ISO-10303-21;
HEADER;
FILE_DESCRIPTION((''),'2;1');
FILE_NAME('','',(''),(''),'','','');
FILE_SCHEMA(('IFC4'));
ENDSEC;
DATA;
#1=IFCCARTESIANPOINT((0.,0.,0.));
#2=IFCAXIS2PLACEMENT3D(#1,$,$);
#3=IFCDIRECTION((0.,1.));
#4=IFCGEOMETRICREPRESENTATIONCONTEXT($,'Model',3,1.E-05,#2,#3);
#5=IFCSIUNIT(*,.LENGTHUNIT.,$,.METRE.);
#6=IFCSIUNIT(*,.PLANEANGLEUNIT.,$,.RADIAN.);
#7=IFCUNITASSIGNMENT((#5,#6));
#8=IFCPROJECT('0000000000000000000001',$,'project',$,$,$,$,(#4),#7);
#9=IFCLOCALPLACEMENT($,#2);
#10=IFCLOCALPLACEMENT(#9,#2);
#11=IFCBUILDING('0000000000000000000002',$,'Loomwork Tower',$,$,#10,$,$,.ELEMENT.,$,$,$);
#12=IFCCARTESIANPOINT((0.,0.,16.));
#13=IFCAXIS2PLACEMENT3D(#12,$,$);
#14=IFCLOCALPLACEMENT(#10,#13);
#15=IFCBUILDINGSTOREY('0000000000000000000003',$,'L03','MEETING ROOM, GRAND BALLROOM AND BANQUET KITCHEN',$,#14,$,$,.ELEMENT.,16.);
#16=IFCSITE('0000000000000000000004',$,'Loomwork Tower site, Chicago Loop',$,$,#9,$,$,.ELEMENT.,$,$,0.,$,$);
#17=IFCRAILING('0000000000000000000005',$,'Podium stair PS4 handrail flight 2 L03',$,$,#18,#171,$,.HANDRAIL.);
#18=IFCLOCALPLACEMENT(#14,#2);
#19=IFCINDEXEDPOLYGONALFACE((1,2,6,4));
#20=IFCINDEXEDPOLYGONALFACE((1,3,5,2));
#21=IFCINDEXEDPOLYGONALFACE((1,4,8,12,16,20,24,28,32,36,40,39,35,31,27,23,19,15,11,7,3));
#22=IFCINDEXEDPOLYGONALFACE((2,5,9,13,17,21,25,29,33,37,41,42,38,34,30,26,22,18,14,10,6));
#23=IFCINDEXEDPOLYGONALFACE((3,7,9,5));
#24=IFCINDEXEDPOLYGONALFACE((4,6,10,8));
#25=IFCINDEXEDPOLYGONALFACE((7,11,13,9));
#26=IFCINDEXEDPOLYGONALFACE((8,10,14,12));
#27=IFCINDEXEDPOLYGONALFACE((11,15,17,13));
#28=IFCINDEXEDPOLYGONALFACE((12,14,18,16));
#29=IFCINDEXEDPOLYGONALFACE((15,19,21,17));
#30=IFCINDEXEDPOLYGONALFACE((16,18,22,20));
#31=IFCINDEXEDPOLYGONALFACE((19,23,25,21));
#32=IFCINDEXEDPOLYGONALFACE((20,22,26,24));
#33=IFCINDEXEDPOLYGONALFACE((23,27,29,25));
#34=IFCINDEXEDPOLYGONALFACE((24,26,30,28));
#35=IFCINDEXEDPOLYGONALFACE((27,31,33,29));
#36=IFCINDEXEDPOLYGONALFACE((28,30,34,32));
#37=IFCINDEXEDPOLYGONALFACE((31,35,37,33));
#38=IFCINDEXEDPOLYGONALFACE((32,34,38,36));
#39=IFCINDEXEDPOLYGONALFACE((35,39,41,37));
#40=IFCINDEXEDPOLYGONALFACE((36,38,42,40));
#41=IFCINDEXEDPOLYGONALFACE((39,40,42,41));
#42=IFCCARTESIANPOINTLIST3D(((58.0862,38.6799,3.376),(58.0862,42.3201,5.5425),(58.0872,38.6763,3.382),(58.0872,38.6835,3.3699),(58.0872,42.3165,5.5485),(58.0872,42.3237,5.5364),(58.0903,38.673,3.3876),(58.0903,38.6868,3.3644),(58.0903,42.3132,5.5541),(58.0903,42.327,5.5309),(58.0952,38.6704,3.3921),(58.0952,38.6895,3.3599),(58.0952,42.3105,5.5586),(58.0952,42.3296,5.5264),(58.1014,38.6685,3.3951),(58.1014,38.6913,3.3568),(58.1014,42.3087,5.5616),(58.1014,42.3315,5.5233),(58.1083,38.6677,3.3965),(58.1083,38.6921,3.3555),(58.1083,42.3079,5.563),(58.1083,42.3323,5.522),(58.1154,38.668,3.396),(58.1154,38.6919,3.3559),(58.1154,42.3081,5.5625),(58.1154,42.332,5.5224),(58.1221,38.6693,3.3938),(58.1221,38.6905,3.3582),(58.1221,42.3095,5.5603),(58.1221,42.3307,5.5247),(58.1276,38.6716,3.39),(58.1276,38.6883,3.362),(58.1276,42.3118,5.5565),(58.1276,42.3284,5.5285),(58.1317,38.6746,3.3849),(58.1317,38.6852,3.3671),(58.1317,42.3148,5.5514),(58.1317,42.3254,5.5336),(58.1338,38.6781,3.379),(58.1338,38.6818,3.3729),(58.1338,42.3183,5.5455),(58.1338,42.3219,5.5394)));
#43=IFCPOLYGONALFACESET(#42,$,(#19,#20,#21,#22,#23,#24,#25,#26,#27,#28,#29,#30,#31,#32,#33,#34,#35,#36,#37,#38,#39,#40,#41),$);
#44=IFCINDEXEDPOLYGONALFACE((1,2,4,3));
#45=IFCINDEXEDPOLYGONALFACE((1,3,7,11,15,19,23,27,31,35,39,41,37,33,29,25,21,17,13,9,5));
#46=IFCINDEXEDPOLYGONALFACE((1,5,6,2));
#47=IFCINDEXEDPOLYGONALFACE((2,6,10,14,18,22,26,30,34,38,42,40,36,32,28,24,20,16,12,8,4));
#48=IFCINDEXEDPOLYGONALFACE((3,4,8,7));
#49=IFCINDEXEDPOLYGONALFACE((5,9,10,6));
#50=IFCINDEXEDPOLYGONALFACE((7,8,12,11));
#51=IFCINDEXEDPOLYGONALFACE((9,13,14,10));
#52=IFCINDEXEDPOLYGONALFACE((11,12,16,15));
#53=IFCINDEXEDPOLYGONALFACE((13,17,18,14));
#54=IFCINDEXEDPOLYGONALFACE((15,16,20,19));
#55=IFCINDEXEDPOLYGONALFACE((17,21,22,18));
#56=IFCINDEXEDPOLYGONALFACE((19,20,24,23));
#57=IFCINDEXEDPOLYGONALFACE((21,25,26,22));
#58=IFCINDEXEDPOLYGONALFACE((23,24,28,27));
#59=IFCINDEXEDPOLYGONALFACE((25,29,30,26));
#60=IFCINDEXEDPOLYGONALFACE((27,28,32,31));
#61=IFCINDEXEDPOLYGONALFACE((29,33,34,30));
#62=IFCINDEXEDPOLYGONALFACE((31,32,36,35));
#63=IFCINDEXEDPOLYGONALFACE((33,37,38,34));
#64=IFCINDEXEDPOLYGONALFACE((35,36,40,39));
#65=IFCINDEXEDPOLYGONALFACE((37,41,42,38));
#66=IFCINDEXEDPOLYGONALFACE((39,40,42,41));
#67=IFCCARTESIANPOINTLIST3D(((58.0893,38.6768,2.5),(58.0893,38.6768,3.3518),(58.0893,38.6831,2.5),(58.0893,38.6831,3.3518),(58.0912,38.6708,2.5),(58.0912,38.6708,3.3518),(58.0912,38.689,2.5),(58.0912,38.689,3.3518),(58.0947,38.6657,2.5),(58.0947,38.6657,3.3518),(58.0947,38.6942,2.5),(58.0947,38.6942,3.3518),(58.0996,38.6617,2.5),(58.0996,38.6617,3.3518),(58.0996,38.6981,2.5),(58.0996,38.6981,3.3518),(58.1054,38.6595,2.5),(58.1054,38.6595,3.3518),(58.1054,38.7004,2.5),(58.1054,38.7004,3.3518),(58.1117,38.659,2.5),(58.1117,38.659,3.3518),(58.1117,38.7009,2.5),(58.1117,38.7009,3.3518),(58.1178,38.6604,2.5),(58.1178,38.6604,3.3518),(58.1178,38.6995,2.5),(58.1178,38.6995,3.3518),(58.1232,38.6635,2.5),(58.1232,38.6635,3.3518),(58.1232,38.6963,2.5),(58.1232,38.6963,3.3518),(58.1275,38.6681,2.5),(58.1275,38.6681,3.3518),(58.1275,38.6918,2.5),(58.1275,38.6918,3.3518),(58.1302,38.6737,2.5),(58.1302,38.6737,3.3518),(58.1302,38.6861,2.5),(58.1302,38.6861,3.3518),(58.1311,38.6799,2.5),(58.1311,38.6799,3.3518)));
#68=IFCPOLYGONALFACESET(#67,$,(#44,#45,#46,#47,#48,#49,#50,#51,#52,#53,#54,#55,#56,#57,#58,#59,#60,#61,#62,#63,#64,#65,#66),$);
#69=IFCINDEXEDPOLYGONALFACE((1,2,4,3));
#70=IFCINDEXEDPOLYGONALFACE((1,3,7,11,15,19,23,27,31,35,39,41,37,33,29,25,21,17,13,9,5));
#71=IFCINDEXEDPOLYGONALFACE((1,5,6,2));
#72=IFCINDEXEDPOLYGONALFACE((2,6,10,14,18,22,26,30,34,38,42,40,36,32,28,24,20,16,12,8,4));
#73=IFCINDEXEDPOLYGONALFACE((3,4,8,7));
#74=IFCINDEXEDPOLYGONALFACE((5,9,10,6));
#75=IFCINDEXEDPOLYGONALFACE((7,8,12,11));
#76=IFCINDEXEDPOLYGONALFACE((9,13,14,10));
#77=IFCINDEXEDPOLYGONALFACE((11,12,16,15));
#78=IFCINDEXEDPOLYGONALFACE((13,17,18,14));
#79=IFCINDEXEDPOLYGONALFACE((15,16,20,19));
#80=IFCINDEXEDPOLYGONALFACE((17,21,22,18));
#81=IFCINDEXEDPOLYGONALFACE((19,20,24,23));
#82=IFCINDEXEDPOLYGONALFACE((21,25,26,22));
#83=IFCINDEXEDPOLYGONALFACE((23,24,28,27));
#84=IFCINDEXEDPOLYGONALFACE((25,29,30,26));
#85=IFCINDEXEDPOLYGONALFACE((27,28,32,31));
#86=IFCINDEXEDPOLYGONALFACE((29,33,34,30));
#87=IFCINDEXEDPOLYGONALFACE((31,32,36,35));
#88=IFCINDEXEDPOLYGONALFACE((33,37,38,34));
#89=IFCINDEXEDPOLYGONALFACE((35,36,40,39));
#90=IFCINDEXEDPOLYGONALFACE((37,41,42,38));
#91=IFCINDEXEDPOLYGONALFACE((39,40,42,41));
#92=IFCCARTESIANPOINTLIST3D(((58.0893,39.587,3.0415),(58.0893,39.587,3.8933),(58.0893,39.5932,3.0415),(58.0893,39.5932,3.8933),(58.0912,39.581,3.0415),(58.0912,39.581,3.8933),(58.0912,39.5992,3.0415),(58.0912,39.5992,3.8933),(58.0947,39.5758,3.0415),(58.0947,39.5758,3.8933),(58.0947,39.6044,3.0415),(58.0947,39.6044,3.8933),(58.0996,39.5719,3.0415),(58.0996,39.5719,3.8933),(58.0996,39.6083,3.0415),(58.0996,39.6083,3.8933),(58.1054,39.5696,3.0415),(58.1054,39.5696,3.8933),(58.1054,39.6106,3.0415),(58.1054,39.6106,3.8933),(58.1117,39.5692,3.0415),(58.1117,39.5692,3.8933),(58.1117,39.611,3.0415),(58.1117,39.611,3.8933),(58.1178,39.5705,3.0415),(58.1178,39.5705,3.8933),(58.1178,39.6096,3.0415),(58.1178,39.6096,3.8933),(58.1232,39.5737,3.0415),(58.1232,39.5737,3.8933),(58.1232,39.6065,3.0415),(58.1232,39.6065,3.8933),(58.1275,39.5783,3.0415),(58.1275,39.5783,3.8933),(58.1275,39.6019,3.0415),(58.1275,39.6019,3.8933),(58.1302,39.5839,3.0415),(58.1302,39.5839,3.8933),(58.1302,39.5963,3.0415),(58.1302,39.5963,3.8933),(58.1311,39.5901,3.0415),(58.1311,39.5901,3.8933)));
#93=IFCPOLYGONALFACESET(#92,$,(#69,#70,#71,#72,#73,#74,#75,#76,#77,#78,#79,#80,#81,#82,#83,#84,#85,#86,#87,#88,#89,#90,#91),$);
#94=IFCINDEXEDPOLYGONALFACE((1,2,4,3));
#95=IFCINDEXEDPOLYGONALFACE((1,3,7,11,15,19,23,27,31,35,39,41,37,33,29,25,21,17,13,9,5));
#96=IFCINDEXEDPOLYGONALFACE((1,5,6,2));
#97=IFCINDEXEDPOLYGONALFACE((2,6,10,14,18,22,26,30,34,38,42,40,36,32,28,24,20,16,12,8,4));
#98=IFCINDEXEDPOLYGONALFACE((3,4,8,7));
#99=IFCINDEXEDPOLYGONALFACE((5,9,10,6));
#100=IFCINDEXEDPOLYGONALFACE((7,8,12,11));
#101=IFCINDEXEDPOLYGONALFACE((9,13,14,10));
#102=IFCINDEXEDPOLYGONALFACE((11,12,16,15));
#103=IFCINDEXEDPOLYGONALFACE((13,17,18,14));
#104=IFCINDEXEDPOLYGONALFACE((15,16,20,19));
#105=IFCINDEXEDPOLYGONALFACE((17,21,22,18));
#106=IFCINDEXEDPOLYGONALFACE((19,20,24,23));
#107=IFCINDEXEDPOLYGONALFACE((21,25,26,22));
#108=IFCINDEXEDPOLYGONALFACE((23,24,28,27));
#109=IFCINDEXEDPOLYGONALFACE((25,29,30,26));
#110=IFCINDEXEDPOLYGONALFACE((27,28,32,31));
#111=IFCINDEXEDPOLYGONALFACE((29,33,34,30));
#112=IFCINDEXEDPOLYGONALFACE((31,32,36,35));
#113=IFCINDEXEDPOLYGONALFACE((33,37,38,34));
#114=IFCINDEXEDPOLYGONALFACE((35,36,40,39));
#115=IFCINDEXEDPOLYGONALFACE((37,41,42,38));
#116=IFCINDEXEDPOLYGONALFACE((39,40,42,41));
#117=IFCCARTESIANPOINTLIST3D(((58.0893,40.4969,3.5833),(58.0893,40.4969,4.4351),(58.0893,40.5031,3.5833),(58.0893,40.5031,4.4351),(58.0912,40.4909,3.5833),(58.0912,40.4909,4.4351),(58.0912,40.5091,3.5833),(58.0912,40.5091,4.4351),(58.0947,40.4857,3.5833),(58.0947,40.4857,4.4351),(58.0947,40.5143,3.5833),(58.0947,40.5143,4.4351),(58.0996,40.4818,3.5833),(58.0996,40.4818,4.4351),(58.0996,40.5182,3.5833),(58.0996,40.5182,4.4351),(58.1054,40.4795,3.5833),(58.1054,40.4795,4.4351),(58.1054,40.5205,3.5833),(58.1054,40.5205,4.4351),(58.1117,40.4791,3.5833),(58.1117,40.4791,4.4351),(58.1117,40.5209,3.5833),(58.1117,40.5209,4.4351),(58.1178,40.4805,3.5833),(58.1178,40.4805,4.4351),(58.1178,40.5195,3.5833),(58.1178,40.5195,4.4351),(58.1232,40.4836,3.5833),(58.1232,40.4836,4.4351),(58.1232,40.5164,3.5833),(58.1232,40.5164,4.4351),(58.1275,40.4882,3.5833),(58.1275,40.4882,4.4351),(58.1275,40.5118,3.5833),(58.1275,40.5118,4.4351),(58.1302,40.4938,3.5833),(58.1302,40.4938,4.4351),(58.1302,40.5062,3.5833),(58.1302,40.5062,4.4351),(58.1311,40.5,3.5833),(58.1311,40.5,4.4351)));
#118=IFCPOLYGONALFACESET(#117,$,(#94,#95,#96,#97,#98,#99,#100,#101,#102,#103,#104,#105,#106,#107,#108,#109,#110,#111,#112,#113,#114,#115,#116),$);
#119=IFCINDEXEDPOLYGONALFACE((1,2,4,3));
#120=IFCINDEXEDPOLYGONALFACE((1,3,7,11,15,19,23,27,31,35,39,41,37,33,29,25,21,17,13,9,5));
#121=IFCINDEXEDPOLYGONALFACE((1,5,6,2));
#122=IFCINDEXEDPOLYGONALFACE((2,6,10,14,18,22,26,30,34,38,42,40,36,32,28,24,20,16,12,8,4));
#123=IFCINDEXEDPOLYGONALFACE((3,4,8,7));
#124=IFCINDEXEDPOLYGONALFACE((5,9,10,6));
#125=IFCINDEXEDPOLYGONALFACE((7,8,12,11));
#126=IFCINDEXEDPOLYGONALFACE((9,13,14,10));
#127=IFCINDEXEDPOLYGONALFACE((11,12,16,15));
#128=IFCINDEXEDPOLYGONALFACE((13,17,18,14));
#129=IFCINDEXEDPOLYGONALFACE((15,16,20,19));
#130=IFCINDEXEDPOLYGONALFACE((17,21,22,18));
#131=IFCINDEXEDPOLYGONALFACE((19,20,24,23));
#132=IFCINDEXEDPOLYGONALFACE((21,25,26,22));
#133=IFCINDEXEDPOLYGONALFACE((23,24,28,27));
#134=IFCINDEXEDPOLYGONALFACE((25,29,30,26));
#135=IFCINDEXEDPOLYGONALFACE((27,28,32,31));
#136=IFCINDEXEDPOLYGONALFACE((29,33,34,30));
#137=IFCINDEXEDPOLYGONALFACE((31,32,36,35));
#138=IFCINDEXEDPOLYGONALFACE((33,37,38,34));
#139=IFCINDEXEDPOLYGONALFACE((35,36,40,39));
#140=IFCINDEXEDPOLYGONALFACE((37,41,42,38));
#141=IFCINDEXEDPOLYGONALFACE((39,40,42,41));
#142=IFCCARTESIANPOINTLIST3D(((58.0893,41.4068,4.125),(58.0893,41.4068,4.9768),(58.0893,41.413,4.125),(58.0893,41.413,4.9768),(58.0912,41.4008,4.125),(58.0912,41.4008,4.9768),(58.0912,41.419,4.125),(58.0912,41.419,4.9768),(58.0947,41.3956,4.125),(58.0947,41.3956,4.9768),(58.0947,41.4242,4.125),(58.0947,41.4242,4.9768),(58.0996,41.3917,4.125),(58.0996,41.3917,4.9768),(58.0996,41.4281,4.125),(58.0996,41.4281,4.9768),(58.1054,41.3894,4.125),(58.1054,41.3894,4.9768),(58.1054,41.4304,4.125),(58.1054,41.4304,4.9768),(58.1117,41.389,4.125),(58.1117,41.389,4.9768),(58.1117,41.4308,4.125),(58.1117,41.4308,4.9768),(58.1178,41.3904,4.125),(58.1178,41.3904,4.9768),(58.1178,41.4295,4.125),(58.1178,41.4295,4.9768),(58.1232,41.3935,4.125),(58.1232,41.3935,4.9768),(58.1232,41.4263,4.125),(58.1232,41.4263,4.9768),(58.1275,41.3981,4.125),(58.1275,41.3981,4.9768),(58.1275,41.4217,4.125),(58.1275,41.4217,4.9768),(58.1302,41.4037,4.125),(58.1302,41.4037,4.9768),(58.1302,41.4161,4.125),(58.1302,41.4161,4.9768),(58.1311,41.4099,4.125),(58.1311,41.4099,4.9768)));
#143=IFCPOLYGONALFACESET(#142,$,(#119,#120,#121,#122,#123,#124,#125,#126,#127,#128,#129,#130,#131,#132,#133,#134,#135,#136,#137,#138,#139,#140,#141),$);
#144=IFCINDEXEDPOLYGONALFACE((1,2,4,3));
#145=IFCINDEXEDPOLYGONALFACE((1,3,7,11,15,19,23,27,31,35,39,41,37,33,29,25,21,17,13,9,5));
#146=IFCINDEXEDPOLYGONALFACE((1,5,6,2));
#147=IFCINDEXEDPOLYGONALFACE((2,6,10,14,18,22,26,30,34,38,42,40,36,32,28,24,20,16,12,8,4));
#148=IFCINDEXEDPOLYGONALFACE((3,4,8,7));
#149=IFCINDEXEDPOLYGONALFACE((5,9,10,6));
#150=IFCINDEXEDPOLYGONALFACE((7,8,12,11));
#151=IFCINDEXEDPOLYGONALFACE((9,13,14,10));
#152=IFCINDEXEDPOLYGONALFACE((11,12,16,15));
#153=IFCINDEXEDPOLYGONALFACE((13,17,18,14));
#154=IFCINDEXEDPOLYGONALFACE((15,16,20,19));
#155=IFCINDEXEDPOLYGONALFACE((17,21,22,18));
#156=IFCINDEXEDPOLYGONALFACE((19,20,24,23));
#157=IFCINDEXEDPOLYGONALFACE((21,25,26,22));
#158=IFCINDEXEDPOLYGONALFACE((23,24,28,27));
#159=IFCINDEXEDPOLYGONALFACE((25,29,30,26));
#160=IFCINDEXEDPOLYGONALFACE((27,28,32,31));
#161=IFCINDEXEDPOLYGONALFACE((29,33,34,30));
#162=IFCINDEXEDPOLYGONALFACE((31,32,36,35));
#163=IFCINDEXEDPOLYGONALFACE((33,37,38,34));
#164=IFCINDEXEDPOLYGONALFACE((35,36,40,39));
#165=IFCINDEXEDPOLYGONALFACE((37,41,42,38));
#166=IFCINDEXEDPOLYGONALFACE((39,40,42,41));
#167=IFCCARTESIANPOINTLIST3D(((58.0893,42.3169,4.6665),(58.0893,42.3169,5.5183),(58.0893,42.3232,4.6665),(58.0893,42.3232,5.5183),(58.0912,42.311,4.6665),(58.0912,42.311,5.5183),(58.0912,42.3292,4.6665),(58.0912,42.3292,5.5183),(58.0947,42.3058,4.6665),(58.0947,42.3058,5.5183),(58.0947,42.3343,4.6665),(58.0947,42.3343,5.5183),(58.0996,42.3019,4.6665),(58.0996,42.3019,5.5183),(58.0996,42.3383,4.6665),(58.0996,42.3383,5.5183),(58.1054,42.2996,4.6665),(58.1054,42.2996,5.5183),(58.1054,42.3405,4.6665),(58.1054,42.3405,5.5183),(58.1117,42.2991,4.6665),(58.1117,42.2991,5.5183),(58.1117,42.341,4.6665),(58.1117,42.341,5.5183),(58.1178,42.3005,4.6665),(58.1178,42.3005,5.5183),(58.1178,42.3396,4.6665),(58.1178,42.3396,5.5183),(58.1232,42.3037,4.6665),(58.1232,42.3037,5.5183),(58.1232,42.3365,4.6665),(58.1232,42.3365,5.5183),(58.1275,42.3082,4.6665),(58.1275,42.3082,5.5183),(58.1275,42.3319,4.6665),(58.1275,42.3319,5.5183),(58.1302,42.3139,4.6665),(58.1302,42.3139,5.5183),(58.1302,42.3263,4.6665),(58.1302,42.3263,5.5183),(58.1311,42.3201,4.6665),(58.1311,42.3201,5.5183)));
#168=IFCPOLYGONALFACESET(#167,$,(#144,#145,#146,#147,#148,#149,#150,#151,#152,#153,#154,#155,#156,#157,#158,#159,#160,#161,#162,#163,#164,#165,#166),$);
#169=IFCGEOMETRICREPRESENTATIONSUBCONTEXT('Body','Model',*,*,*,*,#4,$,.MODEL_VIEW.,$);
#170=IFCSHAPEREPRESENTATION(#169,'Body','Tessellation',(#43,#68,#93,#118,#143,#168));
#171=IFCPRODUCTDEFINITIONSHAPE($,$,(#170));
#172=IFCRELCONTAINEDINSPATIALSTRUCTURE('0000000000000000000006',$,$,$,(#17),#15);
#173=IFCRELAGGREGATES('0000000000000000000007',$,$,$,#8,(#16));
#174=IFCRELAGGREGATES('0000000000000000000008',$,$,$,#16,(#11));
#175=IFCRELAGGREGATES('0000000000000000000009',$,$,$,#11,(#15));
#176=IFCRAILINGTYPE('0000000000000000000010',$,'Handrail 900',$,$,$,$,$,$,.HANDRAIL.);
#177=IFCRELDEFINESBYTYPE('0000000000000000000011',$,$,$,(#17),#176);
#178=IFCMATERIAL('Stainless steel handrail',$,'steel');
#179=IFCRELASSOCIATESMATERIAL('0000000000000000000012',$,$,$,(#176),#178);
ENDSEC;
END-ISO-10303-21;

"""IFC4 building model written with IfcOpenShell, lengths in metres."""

from ifc_helpers import new_model, si_unit, direction, frame, origin, origin_2d, place, context, subcontext, project, spatial, circle, extrude, material, type_object, element, save


model = new_model("IFC4")

# Units and contexts
model_context = context("Model", 3, precision=1e-05, world=origin(), true_north=direction((0.0, 1.0)))
body_context = subcontext(model_context, "Body", "Model", "MODEL_VIEW")
ifc_project = project(units=[si_unit("LENGTHUNIT", "METRE"), si_unit("PLANEANGLEUNIT", "RADIAN")], contexts=[model_context])

# Site, building, storey
site_placement = place(None, origin())
site = spatial("IfcSite", under=ifc_project, at=site_placement, Name="Loomwork Tower site, Chicago Loop", CompositionType="ELEMENT", RefElevation=0.0)
building_placement = place(site_placement, origin())
building = spatial("IfcBuilding", under=site, at=building_placement, Name="Loomwork Tower", CompositionType="ELEMENT")
storey_placement = place(building_placement, frame((0.0, 0.0, 16.0)))
storey = spatial("IfcBuildingStorey", under=building, at=storey_placement, Name="L03", Description="MEETING ROOM, GRAND BALLROOM AND BANQUET KITCHEN", CompositionType="ELEMENT", Elevation=16.0)

# Railing
ifc_material_1 = material(Name="Stainless steel handrail", Category="steel")
railing_type = type_object("IfcRailingType", Name="Handrail 900", PredefinedType="HANDRAIL", material=ifc_material_1)
railing_1_placement = place(storey_placement, frame((58.1101, 38.6799, 2.5)))
element("IfcRailing", 1, at=railing_1_placement, inside=storey, type_object=railing_type, Name="Podium stair PS4 handrail flight 2 L03", PredefinedType="HANDRAIL", context=body_context, shape_type="SweptSolid", body=[
    extrude(circle(Radius=0.0239, at=origin_2d()), frame((0.0, 0.0, 0.876), z_axis=(0.0, 0.859318, 0.511441), x_axis=(-1.0, 0.0, 0.0)), (0.0, 0.0, 1.0), 4.2361),
    extrude(circle(Radius=0.021, at=origin_2d()), origin(), (0.0, 0.0, 1.0), 0.8518),
    extrude(circle(Radius=0.021, at=origin_2d()), frame((0.0, 0.9102, 0.5415)), (0.0, 0.0, 1.0), 0.8518),
    extrude(circle(Radius=0.021, at=origin_2d()), frame((0.0, 1.8201, 1.0833)), (0.0, 0.0, 1.0), 0.8518),
    extrude(circle(Radius=0.021, at=origin_2d()), frame((0.0, 2.73, 1.625)), (0.0, 0.0, 1.0), 0.8518),
    extrude(circle(Radius=0.021, at=origin_2d()), frame((0.0, 3.6401, 2.1665)), (0.0, 0.0, 1.0), 0.8518),
])

save(model, "model.ifc")
